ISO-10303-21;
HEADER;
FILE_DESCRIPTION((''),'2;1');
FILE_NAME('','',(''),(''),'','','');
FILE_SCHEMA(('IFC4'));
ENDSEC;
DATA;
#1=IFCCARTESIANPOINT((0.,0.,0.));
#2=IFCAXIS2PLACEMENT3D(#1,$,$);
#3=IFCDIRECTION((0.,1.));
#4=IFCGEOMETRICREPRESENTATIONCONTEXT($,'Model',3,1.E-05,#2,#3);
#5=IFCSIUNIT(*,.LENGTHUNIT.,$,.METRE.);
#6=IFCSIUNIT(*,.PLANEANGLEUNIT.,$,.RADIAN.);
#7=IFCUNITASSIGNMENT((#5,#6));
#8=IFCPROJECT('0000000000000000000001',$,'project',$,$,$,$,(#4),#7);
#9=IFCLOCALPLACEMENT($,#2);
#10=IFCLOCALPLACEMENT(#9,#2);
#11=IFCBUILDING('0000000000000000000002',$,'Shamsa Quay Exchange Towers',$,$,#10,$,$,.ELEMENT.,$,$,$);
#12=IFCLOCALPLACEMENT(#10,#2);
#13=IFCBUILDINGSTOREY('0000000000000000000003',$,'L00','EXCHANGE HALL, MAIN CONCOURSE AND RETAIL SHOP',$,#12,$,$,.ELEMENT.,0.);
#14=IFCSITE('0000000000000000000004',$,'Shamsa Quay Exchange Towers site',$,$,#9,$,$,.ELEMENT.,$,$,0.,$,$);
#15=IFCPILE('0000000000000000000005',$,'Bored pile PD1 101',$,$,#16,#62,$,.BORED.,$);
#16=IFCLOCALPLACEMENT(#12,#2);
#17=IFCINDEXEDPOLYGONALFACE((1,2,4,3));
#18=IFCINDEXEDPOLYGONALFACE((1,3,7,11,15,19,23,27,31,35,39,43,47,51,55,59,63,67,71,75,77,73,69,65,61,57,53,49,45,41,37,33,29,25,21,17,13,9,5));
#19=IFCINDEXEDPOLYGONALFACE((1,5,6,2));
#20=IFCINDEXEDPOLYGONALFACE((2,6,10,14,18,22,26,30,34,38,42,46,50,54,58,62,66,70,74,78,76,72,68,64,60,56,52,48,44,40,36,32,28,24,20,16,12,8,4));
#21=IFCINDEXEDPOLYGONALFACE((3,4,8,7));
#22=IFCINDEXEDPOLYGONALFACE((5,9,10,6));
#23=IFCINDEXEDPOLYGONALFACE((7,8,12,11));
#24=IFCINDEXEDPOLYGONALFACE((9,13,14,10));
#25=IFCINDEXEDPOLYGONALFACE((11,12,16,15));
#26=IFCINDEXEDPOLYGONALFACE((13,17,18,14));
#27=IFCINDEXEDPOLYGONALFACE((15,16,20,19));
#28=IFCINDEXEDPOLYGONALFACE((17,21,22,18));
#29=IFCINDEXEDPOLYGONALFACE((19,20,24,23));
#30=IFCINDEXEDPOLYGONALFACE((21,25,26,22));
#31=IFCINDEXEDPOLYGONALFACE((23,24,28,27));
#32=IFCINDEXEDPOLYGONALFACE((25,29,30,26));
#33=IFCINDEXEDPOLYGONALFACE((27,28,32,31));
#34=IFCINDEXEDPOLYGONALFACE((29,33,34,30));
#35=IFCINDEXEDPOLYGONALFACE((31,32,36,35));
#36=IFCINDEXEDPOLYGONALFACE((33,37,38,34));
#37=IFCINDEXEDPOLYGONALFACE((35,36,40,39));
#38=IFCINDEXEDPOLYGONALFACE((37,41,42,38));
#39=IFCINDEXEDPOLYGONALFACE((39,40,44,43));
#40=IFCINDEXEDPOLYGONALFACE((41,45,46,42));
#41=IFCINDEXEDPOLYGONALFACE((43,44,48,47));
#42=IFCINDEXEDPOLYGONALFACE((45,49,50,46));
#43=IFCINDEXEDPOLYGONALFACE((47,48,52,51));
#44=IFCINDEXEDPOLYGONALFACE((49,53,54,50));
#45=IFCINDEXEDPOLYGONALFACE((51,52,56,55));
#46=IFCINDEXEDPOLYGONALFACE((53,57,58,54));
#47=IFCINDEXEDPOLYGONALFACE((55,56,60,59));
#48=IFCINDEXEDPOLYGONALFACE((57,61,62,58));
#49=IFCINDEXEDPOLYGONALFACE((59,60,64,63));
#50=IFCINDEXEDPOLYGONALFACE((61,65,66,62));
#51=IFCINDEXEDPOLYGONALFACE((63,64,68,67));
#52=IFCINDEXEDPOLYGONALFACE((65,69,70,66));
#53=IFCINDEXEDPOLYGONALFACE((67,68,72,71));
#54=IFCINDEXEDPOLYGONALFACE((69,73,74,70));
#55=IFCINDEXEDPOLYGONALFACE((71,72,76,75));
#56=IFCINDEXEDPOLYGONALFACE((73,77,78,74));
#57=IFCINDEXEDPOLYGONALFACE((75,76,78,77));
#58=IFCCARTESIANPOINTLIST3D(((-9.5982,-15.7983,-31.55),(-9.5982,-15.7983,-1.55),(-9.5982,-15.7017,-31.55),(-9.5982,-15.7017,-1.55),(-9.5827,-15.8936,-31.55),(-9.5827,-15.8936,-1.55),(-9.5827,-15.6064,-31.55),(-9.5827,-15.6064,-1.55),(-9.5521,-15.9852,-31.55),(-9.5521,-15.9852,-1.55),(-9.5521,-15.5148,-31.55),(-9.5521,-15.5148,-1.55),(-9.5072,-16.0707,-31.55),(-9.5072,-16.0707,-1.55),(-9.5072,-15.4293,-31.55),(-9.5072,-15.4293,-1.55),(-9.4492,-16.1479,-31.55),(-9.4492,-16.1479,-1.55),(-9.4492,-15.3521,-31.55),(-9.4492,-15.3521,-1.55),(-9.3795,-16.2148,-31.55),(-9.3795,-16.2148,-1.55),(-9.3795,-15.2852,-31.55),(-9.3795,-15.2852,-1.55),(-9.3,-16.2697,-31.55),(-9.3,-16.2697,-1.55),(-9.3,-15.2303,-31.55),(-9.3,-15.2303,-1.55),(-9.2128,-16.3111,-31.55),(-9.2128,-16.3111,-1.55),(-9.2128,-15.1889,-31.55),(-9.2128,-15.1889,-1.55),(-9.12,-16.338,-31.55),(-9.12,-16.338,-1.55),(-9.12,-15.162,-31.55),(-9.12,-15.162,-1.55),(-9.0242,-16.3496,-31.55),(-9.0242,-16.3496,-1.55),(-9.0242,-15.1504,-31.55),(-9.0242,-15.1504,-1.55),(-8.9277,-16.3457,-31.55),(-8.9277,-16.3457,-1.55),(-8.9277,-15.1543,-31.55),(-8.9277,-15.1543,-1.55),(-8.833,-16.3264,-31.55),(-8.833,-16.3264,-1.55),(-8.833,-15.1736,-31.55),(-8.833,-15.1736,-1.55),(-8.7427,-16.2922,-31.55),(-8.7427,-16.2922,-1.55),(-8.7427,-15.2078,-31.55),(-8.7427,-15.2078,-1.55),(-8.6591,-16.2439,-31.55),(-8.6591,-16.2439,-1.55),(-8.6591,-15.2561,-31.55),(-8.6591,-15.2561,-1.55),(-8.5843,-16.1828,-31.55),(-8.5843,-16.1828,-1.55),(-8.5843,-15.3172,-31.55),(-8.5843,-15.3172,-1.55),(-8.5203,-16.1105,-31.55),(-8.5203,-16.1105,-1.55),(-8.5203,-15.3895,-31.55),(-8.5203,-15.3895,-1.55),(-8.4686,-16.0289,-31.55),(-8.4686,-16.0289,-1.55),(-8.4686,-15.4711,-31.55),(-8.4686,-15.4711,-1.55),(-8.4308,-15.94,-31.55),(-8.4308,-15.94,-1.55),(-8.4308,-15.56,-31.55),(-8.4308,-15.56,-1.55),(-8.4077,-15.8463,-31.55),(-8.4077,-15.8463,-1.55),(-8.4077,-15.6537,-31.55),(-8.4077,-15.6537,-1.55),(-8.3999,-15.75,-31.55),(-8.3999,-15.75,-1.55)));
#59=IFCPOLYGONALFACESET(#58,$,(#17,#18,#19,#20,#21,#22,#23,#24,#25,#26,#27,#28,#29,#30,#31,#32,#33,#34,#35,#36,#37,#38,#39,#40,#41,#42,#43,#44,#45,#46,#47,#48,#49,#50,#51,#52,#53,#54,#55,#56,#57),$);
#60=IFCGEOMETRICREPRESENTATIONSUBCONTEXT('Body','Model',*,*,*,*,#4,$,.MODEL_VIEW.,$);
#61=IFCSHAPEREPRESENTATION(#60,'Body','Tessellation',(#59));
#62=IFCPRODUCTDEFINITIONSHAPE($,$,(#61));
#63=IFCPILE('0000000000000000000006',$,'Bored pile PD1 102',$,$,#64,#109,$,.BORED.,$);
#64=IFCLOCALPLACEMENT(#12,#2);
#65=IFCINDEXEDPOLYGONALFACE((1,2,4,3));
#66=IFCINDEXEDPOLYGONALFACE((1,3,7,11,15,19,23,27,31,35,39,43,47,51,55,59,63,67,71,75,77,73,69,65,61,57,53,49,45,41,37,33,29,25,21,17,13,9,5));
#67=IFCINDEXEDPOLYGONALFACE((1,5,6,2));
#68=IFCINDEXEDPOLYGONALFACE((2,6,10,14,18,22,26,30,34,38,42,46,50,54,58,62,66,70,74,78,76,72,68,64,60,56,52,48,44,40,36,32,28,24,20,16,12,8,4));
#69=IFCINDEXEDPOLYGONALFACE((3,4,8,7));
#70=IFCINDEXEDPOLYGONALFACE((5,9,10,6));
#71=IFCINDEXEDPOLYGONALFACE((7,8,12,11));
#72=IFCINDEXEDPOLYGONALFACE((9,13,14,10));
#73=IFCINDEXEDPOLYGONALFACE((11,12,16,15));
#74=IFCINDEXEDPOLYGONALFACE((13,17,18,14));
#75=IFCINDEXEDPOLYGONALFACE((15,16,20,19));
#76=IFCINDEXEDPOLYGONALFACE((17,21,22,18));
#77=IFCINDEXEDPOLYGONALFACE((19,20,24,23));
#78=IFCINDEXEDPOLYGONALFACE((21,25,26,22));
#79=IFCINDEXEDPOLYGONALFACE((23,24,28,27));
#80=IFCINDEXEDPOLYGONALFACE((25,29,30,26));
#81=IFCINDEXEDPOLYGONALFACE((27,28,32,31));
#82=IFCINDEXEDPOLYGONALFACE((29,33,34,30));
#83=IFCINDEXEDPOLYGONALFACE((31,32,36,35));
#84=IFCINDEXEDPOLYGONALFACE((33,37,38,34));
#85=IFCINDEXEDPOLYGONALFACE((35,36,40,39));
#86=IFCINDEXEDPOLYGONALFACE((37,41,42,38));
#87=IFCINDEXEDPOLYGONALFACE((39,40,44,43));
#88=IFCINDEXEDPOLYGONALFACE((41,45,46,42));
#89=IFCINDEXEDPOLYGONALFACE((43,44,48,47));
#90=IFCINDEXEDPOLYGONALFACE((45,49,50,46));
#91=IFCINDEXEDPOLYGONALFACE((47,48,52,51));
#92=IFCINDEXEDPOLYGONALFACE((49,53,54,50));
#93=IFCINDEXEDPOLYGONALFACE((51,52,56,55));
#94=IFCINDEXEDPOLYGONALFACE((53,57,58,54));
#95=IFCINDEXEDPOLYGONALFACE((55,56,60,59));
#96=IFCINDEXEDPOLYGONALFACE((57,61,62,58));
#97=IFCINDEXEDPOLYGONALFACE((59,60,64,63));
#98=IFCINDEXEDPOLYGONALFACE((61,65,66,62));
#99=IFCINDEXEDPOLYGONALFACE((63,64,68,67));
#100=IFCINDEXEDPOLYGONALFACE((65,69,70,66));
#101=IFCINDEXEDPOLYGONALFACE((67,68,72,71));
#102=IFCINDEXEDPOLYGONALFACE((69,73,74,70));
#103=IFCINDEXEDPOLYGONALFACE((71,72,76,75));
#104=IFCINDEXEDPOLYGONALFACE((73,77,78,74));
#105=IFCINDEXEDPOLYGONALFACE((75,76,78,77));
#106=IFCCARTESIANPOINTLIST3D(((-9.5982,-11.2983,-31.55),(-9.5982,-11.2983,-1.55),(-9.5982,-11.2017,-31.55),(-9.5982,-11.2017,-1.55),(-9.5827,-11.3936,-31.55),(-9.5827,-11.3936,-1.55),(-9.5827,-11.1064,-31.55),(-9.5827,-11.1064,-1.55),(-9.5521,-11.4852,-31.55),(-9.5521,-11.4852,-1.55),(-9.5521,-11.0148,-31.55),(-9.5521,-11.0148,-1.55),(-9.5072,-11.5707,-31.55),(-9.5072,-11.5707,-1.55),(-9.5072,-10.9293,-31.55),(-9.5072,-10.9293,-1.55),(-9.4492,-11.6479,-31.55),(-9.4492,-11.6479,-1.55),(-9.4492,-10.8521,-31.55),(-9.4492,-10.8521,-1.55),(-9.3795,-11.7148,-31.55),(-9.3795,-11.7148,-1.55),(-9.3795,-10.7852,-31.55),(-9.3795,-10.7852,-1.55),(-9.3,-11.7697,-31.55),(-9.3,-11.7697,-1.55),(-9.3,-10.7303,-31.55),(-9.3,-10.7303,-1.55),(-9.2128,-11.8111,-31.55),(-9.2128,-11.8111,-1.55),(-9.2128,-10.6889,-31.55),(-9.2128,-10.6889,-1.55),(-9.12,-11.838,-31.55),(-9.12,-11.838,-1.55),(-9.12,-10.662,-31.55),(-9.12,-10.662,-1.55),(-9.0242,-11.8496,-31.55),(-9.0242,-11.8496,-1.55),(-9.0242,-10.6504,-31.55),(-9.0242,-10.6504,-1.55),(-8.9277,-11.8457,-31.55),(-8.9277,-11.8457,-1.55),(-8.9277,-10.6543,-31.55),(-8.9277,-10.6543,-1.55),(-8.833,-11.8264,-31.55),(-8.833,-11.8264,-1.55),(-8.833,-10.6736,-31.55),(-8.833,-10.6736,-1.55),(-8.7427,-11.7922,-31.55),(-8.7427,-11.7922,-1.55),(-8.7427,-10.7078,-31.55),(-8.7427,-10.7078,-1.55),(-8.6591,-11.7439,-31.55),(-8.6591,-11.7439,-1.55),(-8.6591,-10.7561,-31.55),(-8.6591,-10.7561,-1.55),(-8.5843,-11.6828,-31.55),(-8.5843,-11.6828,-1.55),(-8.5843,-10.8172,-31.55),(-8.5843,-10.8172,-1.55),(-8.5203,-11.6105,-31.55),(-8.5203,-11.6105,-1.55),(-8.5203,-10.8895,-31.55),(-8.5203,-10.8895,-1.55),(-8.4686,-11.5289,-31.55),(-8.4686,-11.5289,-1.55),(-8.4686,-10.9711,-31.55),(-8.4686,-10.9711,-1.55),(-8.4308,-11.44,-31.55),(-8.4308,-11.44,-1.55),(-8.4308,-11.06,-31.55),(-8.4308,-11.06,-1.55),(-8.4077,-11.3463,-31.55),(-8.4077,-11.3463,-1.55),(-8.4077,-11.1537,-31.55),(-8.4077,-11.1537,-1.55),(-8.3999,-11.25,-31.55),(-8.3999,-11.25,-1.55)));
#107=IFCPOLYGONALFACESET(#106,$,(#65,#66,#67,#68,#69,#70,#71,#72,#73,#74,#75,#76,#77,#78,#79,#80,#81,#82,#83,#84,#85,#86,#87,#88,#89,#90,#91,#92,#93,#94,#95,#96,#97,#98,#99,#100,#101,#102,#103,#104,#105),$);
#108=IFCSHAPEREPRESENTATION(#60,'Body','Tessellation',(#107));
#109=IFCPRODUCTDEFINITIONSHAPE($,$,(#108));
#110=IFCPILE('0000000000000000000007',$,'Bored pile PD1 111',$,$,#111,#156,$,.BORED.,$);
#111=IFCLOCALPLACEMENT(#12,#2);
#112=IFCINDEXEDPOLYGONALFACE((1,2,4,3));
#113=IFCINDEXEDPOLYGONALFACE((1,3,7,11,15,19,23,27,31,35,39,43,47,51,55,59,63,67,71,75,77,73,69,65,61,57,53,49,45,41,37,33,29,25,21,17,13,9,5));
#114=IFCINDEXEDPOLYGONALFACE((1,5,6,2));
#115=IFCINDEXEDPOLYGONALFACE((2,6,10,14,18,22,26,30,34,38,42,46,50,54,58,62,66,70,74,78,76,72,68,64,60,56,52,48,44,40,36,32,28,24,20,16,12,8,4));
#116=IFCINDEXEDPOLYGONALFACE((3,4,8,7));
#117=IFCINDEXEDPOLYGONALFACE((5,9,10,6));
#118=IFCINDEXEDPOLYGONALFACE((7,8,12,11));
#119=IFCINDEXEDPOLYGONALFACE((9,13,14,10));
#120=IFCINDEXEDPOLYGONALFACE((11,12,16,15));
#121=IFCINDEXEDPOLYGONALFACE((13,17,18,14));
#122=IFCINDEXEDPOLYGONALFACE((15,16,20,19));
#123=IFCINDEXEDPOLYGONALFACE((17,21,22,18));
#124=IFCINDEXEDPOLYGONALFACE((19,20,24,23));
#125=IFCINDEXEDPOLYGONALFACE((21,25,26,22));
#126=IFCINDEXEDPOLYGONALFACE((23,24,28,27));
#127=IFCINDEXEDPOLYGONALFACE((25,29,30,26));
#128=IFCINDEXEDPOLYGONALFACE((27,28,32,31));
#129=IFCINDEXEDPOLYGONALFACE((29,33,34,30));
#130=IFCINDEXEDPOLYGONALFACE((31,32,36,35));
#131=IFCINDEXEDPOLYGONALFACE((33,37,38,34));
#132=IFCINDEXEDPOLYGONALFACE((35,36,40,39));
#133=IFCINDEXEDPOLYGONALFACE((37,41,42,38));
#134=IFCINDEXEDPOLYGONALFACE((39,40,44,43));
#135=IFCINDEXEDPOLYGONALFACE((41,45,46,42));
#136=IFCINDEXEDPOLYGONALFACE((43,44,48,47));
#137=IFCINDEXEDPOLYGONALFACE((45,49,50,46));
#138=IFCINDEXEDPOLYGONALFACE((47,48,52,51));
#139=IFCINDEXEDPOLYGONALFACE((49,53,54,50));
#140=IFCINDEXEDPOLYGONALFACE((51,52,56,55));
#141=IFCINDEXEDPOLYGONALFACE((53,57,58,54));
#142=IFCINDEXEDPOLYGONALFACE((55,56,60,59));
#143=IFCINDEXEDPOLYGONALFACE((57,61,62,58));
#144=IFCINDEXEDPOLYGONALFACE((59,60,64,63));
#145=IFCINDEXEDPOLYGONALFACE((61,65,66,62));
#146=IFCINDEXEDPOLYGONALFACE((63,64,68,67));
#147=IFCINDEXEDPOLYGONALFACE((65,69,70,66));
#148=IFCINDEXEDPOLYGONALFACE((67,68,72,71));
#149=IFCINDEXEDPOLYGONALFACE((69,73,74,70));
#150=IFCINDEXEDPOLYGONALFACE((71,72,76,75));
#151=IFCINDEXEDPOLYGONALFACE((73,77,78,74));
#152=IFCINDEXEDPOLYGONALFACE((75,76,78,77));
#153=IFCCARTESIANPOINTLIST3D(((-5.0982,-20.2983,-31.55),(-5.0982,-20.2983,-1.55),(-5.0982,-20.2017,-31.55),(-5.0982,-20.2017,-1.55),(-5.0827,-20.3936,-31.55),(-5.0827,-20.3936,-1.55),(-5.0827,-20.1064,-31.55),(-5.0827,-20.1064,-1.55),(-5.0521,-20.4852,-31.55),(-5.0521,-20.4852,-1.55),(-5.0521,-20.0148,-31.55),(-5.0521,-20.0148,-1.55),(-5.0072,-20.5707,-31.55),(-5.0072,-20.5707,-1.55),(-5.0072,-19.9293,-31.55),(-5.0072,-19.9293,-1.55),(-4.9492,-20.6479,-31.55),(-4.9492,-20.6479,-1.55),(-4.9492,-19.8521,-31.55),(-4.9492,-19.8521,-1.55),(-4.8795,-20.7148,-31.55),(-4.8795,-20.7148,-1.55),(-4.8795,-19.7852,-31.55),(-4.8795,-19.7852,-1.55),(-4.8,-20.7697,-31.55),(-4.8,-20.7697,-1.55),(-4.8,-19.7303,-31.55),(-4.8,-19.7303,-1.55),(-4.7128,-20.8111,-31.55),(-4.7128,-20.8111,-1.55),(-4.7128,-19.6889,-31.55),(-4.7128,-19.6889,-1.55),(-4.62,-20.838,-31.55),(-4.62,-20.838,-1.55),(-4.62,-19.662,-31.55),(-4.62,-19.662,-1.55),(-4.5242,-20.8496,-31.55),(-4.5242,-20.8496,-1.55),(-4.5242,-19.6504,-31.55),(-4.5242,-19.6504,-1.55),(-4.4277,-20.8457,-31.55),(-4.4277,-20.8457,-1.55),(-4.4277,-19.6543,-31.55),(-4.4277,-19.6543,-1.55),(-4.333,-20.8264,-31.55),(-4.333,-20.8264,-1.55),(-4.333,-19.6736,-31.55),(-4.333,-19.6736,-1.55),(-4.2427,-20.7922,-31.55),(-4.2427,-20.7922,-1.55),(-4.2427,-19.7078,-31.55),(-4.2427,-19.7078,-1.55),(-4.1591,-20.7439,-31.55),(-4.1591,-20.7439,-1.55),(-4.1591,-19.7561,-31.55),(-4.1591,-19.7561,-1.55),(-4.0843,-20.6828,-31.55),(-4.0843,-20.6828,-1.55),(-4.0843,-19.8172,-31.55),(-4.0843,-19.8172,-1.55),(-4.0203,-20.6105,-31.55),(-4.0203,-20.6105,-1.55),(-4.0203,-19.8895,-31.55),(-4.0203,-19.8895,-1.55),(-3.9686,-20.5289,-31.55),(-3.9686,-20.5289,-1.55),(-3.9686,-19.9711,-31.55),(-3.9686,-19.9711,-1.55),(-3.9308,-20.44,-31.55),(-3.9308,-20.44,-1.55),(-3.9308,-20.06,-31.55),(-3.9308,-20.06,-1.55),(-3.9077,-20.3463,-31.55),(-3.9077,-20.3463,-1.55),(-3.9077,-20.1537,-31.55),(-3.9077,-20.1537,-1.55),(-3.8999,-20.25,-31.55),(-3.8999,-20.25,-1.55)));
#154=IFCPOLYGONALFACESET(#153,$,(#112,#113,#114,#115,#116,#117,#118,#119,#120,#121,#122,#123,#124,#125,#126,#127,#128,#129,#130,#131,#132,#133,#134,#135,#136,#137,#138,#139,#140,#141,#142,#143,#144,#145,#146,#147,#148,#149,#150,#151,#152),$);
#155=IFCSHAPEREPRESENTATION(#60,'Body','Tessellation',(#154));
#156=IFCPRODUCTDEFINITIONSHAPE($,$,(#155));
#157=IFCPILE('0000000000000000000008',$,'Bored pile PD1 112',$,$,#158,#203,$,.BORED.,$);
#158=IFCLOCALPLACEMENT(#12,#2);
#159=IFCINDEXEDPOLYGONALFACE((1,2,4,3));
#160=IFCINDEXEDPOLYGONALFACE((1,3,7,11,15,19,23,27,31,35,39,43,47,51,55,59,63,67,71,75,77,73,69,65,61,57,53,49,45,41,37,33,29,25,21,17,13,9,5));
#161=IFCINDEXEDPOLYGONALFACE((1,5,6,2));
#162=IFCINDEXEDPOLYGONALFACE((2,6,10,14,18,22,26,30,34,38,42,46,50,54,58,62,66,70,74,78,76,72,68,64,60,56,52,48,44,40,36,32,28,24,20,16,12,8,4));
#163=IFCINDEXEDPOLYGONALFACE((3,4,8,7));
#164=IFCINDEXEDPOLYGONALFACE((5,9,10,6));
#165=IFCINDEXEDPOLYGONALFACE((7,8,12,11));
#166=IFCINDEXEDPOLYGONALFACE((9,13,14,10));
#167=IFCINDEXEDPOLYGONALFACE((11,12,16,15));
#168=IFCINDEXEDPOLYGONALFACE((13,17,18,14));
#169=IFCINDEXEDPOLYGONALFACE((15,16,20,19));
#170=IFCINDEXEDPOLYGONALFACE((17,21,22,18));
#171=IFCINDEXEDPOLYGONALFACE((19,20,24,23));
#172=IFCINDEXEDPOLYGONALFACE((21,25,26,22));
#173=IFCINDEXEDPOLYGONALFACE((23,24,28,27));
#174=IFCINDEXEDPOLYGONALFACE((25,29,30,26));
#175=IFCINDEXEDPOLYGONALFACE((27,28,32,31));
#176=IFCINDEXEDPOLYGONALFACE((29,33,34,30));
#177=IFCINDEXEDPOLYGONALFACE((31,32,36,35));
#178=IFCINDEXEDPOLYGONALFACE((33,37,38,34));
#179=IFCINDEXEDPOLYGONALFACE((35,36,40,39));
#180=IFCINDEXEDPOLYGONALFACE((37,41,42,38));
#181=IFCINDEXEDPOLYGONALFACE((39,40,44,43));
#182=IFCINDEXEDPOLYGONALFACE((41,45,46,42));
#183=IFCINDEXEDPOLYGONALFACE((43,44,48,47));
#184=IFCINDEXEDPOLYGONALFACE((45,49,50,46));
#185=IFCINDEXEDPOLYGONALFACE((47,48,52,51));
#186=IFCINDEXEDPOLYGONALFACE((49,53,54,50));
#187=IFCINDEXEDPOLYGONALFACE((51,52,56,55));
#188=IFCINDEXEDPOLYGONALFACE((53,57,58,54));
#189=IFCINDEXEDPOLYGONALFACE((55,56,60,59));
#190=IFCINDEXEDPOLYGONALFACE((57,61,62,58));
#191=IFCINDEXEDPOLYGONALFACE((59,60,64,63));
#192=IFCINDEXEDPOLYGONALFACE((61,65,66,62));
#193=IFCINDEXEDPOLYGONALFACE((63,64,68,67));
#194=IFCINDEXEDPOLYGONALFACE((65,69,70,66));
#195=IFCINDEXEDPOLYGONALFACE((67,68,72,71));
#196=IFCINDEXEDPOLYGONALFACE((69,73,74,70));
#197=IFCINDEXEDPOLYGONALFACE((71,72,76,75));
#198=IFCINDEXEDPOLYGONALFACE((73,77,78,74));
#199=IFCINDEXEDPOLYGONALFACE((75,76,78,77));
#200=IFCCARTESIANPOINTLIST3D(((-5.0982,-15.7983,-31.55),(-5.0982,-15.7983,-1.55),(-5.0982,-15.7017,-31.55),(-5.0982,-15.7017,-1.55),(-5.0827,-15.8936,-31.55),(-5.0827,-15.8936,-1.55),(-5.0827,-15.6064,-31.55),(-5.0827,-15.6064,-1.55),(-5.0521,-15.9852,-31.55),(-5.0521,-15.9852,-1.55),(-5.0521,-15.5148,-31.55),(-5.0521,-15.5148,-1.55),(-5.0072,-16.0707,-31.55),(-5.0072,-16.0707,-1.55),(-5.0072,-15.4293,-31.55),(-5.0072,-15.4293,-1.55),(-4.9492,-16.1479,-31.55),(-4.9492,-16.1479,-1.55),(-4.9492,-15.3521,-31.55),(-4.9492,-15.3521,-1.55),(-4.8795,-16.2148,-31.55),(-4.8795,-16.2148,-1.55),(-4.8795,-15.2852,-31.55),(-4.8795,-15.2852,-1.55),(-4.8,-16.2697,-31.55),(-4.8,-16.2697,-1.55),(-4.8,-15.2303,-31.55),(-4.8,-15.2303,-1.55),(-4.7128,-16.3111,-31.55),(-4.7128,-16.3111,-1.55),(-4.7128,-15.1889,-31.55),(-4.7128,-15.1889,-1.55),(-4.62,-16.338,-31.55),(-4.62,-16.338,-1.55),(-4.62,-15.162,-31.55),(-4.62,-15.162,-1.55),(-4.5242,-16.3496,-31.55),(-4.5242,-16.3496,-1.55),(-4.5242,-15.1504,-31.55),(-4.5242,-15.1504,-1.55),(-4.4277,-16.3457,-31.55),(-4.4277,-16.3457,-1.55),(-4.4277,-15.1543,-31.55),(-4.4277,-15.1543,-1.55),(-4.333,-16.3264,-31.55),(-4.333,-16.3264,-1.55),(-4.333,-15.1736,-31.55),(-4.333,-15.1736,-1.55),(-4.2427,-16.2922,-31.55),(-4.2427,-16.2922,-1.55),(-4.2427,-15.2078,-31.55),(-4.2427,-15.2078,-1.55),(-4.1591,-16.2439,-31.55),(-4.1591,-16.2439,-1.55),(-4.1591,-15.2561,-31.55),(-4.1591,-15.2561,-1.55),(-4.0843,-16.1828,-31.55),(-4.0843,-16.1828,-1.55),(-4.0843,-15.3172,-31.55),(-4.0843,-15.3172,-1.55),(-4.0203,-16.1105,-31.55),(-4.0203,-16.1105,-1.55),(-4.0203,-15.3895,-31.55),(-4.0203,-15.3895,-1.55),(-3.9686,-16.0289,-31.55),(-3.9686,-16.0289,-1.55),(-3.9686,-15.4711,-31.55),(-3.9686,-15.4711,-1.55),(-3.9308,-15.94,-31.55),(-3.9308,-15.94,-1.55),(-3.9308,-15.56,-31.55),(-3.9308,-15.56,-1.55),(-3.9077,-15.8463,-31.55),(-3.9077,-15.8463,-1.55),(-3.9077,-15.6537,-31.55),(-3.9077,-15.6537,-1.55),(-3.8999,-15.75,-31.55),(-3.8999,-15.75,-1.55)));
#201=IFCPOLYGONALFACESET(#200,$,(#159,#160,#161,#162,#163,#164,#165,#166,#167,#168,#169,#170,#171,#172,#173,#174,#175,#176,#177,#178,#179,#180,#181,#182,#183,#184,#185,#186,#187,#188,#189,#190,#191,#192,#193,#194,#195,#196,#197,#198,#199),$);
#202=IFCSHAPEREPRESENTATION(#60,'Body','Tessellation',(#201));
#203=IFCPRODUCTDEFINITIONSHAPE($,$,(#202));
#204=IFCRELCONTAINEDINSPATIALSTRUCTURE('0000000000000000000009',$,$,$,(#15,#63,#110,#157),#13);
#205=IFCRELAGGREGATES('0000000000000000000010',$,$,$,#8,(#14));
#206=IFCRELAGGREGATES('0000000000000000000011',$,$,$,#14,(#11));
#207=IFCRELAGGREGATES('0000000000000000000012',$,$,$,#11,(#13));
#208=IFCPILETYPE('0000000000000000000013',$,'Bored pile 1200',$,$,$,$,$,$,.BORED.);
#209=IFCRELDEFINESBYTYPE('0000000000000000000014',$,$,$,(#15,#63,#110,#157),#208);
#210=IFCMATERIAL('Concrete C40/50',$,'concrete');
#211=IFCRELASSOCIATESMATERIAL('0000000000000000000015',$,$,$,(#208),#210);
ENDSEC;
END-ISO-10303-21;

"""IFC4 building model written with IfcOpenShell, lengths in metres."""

from ifc_helpers import new_model, si_unit, direction, frame, origin, origin_2d, place, context, subcontext, project, spatial, circle, extrude, material, material_profile, profile_set, type_object, element, save


model = new_model("IFC4")

# Units and contexts
model_context = context("Model", 3, precision=1e-05, world=origin(), true_north=direction((0.0, 1.0)))
body_context = subcontext(model_context, "Body", "Model", "MODEL_VIEW")
ifc_project = project(units=[si_unit("LENGTHUNIT", "METRE"), si_unit("PLANEANGLEUNIT", "RADIAN")], contexts=[model_context])

# Site, building, storey
site_placement = place(None, origin())
site = spatial("IfcSite", under=ifc_project, at=site_placement, Name="Shamsa Quay Exchange Towers site", CompositionType="ELEMENT", RefElevation=0.0)
building_placement = place(site_placement, origin())
building = spatial("IfcBuilding", under=site, at=building_placement, Name="Shamsa Quay Exchange Towers", CompositionType="ELEMENT")
storey_placement = place(building_placement, origin())
storey = spatial("IfcBuildingStorey", under=building, at=storey_placement, Name="L00", Description="EXCHANGE HALL, MAIN CONCOURSE AND RETAIL SHOP", CompositionType="ELEMENT", Elevation=0.0)

# Piles
ifc_material_1 = material(Name="Concrete C40/50", Category="concrete")
ifc_material_profile_1 = material_profile(ifc_material_1, circle(Radius=0.6001, at=origin_2d()), Name="BP1200")
ifc_profile_set_1 = profile_set([ifc_material_profile_1], Name="Concrete C40/50")
pile_type_1 = type_object("IfcPileType", Name="Bored pile 1200", PredefinedType="BORED", material=ifc_profile_set_1)
for number, where, z_axis, x_axis, name in (
    (1, (-9.0, -15.75, -1.55), (0.0, 0.0, -1.0), (1.0, 0.0, 0.0), "Bored pile PD1 101"),
    (2, (-9.0, -11.25, -1.55), (0.0, 0.0, -1.0), (1.0, 0.0, 0.0), "Bored pile PD1 102"),
    (3, (-4.5, -20.25, -1.55), (0.0, 0.0, -1.0), (1.0, 0.0, 0.0), "Bored pile PD1 111"),
    (4, (-4.5, -15.75, -1.55), (0.0, 0.0, -1.0), (1.0, 0.0, 0.0), "Bored pile PD1 112"),
):
    element("IfcPile", number, at=place(storey_placement, frame(where, z_axis=z_axis, x_axis=x_axis)), inside=storey, type_object=pile_type_1, Name=name, PredefinedType="BORED", context=body_context, shape_type="SweptSolid", body=[
        extrude(circle(Radius=0.6001, at=origin_2d()), origin(), (0.0, 0.0, 1.0), 30.0),
    ])

save(model, "model.ifc")
